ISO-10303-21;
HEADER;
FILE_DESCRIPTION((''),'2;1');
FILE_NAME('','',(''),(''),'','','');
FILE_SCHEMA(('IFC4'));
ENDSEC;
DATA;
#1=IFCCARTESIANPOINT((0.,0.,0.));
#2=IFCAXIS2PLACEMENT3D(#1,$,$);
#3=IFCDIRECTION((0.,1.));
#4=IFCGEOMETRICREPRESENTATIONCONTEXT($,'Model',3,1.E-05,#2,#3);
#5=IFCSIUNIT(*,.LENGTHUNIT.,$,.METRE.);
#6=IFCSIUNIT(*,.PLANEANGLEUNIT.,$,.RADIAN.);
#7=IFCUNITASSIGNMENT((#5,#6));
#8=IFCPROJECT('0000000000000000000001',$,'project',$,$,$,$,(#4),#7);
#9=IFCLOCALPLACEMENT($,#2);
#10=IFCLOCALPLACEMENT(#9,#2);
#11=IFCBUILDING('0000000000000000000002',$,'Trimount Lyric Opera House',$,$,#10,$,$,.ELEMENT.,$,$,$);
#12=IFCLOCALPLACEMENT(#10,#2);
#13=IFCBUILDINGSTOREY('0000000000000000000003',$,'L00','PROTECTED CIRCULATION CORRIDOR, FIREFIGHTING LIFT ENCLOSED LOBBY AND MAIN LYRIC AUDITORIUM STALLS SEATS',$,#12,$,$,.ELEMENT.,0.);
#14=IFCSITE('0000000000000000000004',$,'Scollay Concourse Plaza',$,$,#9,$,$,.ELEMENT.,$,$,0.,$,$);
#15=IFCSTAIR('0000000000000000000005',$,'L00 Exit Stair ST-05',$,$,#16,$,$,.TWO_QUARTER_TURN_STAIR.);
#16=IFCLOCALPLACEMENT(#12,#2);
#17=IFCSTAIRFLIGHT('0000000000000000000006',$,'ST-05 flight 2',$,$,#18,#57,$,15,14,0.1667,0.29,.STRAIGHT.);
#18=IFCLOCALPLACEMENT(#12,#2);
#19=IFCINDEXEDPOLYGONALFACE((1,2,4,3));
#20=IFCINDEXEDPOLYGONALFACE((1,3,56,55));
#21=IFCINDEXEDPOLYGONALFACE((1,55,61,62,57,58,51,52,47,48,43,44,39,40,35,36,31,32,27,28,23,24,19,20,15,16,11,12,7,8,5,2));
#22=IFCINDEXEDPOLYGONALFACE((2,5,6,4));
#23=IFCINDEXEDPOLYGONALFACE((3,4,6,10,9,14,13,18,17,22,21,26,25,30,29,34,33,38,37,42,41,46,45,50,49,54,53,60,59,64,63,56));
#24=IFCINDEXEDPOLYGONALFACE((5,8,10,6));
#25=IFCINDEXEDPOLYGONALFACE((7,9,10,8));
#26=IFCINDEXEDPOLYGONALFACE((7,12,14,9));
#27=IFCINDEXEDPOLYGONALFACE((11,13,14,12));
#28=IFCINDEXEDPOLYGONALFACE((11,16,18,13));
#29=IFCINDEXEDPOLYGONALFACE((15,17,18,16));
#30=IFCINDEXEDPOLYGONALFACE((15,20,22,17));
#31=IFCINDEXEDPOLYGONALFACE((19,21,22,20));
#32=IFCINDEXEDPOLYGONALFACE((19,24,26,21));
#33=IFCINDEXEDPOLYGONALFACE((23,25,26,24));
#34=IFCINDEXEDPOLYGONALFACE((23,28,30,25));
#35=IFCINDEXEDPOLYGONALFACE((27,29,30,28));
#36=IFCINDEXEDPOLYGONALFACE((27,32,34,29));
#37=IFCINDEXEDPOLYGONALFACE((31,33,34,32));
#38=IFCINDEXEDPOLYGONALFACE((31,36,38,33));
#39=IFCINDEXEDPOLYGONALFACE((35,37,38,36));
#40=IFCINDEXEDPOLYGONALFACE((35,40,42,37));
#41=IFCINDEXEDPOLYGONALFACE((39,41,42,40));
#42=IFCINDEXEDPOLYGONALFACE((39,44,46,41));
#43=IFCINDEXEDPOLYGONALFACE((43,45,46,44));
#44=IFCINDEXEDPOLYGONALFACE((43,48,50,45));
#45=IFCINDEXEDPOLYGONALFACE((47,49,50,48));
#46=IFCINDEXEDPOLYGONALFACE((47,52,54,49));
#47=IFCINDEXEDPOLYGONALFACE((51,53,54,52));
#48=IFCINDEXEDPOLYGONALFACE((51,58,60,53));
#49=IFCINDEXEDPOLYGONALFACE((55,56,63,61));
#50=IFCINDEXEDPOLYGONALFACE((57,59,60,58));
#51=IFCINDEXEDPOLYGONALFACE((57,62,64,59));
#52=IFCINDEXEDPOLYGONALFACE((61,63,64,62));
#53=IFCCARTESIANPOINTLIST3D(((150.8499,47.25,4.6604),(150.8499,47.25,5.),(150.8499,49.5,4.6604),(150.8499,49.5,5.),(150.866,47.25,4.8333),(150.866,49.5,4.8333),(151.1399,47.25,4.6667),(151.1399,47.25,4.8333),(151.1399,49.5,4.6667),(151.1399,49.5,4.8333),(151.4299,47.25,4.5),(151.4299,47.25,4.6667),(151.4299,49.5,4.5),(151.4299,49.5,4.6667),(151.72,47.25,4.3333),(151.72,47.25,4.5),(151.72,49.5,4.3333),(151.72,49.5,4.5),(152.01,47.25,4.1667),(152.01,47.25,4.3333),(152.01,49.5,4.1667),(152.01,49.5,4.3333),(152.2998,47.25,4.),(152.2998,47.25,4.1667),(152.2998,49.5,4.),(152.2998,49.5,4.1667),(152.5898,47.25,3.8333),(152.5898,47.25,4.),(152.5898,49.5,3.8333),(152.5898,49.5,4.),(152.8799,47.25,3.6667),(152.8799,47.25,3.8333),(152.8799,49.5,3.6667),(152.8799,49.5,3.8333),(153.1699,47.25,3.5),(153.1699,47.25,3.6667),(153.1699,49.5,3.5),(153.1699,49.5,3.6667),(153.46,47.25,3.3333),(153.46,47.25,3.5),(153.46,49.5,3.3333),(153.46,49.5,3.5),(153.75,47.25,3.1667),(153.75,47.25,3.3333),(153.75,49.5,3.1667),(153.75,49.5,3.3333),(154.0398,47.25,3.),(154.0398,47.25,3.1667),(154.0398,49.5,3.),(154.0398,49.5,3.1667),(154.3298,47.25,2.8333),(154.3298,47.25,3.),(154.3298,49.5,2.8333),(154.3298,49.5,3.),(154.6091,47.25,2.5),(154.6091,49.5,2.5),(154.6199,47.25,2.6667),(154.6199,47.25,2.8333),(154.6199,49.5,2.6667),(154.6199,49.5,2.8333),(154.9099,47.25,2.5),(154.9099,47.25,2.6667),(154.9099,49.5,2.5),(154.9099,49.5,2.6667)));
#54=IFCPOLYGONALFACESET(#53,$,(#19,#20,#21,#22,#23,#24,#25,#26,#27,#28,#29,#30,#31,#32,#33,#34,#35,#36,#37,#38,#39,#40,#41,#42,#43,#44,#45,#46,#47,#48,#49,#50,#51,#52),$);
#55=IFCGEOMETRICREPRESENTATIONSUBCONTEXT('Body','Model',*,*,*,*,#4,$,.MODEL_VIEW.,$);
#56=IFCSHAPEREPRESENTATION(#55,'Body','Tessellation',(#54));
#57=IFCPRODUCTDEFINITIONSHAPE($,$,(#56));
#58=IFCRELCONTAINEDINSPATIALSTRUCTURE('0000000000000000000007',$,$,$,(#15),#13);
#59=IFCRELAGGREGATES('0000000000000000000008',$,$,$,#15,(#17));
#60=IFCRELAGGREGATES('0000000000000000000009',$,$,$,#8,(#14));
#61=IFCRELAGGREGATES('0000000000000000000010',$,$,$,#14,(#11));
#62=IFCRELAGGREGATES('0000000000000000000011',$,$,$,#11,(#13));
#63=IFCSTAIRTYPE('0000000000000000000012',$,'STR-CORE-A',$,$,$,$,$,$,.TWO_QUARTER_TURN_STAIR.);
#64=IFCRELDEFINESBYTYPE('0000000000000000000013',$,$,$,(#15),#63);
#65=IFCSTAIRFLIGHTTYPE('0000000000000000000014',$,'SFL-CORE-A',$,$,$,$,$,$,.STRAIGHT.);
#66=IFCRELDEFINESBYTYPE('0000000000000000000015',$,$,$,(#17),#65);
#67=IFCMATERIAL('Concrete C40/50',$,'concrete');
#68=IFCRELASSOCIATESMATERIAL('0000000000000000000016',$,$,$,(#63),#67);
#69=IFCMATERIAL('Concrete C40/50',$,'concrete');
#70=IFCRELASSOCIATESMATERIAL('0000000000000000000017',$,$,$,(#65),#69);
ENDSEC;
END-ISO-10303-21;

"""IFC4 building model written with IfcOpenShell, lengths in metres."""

from ifc_helpers import new_model, si_unit, direction, frame, origin, place, context, subcontext, project, spatial, polyline, outline, extrude, material, type_object, element, aggregate, save


model = new_model("IFC4")

# Units and contexts
model_context = context("Model", 3, precision=1e-05, world=origin(), true_north=direction((0.0, 1.0)))
body_context = subcontext(model_context, "Body", "Model", "MODEL_VIEW")
ifc_project = project(units=[si_unit("LENGTHUNIT", "METRE"), si_unit("PLANEANGLEUNIT", "RADIAN")], contexts=[model_context])

# Site, building, storey
site_placement = place(None, origin())
site = spatial("IfcSite", under=ifc_project, at=site_placement, Name="Scollay Concourse Plaza", CompositionType="ELEMENT", RefElevation=0.0)
building_placement = place(site_placement, origin())
building = spatial("IfcBuilding", under=site, at=building_placement, Name="Trimount Lyric Opera House", CompositionType="ELEMENT")
storey_placement = place(building_placement, origin())
storey = spatial("IfcBuildingStorey", under=building, at=storey_placement, Name="L00", Description="PROTECTED CIRCULATION CORRIDOR, FIREFIGHTING LIFT ENCLOSED LOBBY AND MAIN LYRIC AUDITORIUM STALLS SEATS", CompositionType="ELEMENT", Elevation=0.0)

# Stair, stair flight
ifc_material_1 = material(Name="Concrete C40/50", Category="concrete")
stair_type = type_object("IfcStairType", Name="STR-CORE-A", PredefinedType="TWO_QUARTER_TURN_STAIR", material=ifc_material_1)
stair_placement = place(storey_placement, origin())
stair = element("IfcStair", 1, at=stair_placement, inside=storey, type_object=stair_type, Name="L00 Exit Stair ST-05", PredefinedType="TWO_QUARTER_TURN_STAIR")
ifc_material_2 = material(Name="Concrete C40/50", Category="concrete")
stair_flight_type = type_object("IfcStairFlightType", Name="SFL-CORE-A", PredefinedType="STRAIGHT", material=ifc_material_2)
stair_flight_1_placement = place(storey_placement, frame((154.9099, 48.375, 2.5), z_axis=(0.0, 0.0, 1.0), x_axis=(-1.0, 0.0, 0.0)))
stair_flight_1 = element("IfcStairFlight", 2, at=stair_flight_1_placement, type_object=stair_flight_type, Name="ST-05 flight 2", NumberOfRisers=15, NumberOfTreads=14, PredefinedType="STRAIGHT", RiserHeight=0.1667, TreadLength=0.29, context=body_context, shape_type="SweptSolid", body=[
    extrude(outline(polyline([(0.0, 0.0), (0.0, 0.1667), (0.29, 0.1667), (0.29, 0.3333), (0.5801, 0.3333), (0.5801, 0.5), (0.8701, 0.5), (0.8701, 0.6667), (1.1599, 0.6667), (1.1599, 0.8333), (1.45, 0.8333), (1.45, 1.0), (1.74, 1.0), (1.74, 1.1667), (2.03, 1.1667), (2.03, 1.3333), (2.3201, 1.3333), (2.3201, 1.5), (2.6101, 1.5), (2.6101, 1.6667), (2.8999, 1.6667), (2.8999, 1.8333), (3.1899, 1.8333), (3.1899, 2.0), (3.48, 2.0), (3.48, 2.1667), (3.77, 2.1667), (3.77, 2.3333), (4.0439, 2.3333), (4.0601, 2.5), (4.0601, 2.1604), (0.3008, 0.0), (0.0, 0.0)])), frame((0.0, 1.125, 0.0), z_axis=(0.0, -1.0, 0.0), x_axis=(1.0, 0.0, 0.0)), (0.0, 0.0, 1.0), 2.25),
])
aggregate(stair, [stair_flight_1])

save(model, "model.ifc")
